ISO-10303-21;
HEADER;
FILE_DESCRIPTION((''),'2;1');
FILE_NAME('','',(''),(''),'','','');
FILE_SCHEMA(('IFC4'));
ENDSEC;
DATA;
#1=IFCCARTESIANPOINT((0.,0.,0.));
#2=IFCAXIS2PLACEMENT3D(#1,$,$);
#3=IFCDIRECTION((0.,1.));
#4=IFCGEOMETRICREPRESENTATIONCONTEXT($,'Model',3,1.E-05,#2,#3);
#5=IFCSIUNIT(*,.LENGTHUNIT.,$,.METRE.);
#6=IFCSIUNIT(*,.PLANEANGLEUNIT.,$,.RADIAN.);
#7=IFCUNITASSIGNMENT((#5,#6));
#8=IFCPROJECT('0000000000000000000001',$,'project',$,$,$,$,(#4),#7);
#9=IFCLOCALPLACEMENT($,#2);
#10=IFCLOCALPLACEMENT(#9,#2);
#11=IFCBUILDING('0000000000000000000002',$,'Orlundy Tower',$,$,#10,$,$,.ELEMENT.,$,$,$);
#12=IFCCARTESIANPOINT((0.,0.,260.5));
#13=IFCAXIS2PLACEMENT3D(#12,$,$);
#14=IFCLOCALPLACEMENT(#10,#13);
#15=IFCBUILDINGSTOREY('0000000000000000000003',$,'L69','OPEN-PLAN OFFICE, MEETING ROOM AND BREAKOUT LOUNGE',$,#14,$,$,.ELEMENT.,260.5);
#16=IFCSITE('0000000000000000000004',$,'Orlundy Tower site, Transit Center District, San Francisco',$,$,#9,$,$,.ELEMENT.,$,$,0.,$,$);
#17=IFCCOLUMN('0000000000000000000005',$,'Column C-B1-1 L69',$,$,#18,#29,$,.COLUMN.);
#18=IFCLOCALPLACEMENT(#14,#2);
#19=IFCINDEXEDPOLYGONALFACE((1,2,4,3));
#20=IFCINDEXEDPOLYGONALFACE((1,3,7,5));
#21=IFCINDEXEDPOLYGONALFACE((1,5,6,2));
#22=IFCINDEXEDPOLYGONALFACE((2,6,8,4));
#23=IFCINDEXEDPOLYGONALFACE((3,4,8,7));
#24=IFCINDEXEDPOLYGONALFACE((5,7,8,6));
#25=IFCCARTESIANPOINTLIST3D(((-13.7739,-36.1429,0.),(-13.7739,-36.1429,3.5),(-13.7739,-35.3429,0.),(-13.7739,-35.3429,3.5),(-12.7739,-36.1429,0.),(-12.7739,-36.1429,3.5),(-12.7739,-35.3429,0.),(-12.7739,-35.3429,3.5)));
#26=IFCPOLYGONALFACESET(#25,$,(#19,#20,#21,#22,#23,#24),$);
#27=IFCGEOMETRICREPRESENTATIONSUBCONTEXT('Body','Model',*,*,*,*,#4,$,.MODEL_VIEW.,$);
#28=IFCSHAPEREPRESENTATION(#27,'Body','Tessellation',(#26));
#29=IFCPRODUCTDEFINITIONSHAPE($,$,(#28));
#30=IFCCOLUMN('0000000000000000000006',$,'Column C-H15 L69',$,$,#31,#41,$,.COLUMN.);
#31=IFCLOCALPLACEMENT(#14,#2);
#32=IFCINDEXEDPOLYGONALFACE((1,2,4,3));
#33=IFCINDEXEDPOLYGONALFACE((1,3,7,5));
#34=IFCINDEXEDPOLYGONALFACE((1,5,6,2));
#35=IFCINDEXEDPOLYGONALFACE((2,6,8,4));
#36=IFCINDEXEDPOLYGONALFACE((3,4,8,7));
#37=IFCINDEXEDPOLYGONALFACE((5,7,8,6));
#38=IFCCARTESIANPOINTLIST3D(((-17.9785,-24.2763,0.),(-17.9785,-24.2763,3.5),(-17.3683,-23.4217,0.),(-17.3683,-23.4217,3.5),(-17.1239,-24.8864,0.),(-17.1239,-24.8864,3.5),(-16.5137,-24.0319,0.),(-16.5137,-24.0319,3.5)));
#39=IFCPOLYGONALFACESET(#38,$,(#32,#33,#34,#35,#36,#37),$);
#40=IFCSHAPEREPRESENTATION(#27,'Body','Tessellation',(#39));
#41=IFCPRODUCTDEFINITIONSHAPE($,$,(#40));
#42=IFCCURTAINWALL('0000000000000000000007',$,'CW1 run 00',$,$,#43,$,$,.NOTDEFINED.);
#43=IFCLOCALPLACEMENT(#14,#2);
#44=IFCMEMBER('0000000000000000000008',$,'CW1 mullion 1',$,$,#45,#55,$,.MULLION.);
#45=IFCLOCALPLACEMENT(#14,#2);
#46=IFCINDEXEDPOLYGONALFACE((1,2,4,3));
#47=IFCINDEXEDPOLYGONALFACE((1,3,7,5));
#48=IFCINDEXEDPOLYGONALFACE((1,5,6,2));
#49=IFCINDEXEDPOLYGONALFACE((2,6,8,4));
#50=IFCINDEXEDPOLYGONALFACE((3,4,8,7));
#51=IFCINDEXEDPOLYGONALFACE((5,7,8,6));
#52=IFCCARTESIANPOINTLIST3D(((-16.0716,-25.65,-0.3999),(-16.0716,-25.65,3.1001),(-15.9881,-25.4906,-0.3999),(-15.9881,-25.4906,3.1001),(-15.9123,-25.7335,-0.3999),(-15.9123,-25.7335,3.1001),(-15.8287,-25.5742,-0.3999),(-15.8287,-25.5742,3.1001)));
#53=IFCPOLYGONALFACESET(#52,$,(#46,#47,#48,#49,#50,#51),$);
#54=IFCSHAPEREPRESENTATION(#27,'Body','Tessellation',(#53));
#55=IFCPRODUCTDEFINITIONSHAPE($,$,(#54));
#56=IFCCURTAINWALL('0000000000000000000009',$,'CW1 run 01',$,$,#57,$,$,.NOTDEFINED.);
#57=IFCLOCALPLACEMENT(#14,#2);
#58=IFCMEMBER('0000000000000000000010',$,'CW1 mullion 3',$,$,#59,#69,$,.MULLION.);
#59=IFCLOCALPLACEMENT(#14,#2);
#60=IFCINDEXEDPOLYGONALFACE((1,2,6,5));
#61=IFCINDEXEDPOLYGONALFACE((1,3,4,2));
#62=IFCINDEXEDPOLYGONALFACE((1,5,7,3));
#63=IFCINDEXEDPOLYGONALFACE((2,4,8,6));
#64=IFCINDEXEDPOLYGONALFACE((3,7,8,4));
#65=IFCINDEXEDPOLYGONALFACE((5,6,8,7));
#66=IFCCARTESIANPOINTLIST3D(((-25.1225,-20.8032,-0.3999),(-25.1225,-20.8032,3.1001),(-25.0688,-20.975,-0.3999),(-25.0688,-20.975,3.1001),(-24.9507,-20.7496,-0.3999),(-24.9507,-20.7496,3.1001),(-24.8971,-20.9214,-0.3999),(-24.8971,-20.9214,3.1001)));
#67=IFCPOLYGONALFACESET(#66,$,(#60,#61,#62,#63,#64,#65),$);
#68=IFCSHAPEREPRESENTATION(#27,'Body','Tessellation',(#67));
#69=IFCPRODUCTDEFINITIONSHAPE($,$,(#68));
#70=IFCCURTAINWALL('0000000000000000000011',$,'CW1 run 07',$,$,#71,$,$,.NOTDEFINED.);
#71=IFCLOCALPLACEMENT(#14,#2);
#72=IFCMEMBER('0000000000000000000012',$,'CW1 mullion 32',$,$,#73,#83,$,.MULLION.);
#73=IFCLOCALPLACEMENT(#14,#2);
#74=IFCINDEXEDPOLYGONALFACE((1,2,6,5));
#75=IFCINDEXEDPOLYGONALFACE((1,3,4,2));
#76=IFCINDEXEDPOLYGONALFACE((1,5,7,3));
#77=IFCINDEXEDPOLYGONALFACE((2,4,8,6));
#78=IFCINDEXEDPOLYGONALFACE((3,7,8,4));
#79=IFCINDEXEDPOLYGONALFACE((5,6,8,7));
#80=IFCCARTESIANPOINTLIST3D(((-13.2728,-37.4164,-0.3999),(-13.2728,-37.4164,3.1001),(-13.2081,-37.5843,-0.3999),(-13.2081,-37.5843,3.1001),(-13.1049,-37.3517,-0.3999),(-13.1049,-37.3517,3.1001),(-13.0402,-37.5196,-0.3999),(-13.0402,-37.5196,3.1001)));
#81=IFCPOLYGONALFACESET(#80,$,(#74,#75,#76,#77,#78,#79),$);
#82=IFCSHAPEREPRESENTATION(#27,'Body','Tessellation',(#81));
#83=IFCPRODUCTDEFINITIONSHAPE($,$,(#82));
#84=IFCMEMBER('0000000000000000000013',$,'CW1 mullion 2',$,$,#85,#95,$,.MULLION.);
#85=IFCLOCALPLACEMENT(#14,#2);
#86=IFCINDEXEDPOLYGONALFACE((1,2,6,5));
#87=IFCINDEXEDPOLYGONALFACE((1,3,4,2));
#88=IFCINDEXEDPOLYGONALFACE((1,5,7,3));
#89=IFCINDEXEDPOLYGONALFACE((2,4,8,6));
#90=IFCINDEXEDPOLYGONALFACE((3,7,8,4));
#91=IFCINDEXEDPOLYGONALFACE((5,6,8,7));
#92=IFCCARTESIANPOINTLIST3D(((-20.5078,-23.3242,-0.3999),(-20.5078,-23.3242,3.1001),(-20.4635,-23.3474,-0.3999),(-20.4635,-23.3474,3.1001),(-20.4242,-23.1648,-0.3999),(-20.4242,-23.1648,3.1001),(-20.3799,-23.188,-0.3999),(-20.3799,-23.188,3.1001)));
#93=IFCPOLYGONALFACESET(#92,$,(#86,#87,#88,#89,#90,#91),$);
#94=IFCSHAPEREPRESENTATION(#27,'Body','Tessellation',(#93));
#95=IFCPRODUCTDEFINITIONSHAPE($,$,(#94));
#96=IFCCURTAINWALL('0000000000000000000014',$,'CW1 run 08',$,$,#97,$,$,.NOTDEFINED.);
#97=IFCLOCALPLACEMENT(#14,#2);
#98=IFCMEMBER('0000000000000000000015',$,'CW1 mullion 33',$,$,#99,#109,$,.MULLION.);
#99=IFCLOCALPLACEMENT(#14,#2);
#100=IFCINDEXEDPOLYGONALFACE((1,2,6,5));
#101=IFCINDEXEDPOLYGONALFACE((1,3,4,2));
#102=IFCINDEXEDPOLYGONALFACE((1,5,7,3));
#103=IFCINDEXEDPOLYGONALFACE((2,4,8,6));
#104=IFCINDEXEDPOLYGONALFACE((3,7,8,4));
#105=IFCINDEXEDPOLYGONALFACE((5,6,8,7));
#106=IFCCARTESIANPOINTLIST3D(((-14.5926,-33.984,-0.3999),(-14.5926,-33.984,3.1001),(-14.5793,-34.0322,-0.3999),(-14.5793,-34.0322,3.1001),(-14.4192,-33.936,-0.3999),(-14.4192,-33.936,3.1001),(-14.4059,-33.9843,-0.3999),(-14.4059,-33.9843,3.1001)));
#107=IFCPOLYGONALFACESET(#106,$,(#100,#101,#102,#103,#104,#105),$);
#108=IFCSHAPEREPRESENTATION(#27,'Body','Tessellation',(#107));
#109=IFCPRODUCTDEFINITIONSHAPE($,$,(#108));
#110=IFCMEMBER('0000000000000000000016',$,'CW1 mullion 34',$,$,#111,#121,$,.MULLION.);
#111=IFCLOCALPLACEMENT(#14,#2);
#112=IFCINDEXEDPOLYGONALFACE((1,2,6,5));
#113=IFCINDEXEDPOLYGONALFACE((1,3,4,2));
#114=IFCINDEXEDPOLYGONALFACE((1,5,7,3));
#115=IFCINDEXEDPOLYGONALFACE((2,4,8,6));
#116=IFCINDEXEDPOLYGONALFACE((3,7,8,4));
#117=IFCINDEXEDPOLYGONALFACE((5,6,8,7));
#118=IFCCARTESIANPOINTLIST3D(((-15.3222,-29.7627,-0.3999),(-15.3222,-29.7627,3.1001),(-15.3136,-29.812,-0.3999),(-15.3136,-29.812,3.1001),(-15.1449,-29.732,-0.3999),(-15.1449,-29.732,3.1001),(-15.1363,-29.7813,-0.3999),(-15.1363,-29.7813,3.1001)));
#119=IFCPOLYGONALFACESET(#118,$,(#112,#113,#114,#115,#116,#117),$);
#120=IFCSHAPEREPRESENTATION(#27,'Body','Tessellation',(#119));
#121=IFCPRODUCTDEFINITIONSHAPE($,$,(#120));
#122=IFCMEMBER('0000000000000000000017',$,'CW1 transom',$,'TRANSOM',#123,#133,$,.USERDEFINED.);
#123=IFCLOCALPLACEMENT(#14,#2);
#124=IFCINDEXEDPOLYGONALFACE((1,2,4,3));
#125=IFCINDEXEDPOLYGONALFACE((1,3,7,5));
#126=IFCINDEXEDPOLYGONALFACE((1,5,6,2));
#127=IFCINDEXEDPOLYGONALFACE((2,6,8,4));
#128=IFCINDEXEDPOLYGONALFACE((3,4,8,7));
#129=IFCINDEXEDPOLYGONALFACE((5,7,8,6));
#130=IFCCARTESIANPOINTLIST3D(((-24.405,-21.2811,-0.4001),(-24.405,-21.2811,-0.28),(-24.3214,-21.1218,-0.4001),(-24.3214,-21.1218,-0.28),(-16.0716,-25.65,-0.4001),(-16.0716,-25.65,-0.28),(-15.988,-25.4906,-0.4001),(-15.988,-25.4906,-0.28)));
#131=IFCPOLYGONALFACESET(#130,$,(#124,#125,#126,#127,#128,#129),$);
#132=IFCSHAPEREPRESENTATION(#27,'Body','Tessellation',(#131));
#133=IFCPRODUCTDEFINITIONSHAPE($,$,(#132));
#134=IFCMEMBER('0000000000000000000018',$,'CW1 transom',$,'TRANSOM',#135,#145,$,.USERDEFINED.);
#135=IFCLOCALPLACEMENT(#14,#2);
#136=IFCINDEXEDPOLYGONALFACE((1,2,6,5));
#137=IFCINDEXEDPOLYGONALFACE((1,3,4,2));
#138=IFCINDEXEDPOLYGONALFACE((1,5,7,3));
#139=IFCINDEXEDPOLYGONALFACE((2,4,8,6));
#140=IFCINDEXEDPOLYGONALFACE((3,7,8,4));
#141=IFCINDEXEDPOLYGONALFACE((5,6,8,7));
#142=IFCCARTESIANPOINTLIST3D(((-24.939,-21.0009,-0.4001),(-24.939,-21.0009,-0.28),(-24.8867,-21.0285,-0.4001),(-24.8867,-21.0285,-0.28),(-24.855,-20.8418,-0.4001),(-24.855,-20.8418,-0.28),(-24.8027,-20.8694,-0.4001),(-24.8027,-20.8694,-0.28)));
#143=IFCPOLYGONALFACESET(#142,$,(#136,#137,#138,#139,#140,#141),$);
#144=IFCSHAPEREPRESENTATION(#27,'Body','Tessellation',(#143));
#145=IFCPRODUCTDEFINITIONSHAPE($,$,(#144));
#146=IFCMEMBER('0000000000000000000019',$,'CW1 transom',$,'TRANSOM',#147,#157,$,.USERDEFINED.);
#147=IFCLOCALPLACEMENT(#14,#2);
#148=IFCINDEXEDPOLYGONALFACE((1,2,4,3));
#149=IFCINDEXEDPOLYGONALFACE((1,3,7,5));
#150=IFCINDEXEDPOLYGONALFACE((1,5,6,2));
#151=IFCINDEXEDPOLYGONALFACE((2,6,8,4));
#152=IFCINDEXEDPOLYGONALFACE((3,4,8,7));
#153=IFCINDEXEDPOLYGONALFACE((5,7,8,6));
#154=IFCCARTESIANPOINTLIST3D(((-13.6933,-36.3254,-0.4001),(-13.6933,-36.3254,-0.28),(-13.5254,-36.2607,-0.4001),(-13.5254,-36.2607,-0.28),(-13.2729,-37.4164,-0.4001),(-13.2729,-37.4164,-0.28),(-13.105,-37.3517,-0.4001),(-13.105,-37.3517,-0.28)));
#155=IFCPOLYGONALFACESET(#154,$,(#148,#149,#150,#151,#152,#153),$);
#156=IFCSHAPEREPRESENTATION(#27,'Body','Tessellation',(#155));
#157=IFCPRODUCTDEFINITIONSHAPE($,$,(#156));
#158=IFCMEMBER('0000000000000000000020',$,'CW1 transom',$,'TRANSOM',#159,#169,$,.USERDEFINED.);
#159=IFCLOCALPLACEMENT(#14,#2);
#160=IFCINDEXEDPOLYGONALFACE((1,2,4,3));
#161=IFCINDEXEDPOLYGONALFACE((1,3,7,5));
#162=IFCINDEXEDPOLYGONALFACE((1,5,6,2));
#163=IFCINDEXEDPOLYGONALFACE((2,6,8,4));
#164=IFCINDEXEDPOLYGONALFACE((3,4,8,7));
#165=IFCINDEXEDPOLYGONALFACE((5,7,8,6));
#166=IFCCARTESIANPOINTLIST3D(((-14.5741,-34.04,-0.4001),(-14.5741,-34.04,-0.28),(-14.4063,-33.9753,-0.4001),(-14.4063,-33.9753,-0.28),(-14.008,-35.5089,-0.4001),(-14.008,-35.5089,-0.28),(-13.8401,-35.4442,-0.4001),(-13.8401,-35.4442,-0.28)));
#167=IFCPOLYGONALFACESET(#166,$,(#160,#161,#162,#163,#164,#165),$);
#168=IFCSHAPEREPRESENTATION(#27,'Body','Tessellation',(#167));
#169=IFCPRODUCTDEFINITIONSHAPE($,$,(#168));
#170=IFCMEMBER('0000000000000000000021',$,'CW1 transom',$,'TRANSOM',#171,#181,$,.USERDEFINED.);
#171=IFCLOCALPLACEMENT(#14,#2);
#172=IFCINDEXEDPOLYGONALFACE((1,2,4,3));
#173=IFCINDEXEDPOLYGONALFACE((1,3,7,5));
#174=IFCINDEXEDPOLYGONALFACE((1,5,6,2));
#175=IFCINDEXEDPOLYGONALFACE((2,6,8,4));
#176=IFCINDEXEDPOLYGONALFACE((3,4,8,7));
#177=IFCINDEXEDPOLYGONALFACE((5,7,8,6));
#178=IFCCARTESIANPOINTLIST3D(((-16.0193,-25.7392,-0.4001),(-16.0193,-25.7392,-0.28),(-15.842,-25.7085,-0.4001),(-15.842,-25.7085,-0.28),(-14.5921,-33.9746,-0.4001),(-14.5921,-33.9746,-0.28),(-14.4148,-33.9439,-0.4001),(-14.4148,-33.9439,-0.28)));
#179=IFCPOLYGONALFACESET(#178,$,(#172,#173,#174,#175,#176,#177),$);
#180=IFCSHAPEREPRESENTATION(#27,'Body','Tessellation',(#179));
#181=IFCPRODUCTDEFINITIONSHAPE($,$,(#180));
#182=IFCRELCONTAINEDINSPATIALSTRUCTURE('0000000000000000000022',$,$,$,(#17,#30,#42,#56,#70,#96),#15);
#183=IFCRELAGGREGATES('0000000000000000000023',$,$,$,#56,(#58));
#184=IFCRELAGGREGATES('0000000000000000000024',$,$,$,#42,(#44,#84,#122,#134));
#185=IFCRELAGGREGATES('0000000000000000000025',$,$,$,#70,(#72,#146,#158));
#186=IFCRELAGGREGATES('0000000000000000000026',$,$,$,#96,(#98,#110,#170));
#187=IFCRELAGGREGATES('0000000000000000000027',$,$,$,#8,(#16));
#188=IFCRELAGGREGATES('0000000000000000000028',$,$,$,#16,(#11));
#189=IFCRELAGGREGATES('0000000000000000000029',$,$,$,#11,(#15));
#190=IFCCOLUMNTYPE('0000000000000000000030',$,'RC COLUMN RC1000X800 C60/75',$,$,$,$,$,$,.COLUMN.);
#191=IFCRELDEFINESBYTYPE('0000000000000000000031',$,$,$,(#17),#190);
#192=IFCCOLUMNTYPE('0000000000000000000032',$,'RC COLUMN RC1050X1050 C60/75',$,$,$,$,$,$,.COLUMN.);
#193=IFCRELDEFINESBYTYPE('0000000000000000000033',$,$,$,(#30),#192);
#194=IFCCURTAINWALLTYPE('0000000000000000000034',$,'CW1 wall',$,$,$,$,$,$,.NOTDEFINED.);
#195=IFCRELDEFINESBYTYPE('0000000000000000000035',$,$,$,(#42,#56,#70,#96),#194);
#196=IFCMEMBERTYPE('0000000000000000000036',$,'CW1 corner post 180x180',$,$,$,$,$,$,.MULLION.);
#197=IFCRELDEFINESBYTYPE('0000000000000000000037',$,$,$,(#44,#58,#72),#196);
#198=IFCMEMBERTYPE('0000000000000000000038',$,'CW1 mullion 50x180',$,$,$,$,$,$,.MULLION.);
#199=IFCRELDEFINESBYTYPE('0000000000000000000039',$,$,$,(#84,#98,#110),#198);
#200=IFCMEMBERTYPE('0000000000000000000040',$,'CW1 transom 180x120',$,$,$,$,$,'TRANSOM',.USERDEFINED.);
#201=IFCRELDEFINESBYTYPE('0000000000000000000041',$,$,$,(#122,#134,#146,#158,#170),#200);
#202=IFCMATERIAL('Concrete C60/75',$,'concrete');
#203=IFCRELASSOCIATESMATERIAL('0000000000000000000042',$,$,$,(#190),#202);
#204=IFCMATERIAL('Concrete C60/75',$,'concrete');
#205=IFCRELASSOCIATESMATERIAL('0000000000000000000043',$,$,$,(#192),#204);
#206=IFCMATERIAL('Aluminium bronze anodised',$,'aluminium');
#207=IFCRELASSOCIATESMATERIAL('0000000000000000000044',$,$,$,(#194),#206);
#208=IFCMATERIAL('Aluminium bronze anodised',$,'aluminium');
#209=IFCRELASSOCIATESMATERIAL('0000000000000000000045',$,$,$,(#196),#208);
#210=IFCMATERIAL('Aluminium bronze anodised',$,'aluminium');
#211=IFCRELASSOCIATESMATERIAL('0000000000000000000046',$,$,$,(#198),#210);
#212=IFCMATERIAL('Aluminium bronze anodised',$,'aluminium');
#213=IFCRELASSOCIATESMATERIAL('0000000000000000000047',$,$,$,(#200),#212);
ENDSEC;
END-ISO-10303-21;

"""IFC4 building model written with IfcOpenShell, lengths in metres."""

from ifc_helpers import new_model, si_unit, direction, frame, origin, origin_2d, place, context, subcontext, project, spatial, rectangle, extrude, material, material_profile, profile_set, type_object, element, aggregate, save


model = new_model("IFC4")

# Units and contexts
model_context = context("Model", 3, precision=1e-05, world=origin(), true_north=direction((0.0, 1.0)))
body_context = subcontext(model_context, "Body", "Model", "MODEL_VIEW")
ifc_project = project(units=[si_unit("LENGTHUNIT", "METRE"), si_unit("PLANEANGLEUNIT", "RADIAN")], contexts=[model_context])

# Site, building, storey
site_placement = place(None, origin())
site = spatial("IfcSite", under=ifc_project, at=site_placement, Name="Orlundy Tower site, Transit Center District, San Francisco", CompositionType="ELEMENT", RefElevation=0.0)
building_placement = place(site_placement, origin())
building = spatial("IfcBuilding", under=site, at=building_placement, Name="Orlundy Tower", CompositionType="ELEMENT")
storey_placement = place(building_placement, frame((0.0, 0.0, 260.5)))
storey = spatial("IfcBuildingStorey", under=building, at=storey_placement, Name="L69", Description="OPEN-PLAN OFFICE, MEETING ROOM AND BREAKOUT LOUNGE", CompositionType="ELEMENT", Elevation=260.5)

# Columns
ifc_material_1 = material(Name="Concrete C60/75", Category="concrete")
ifc_material_profile_1 = material_profile(ifc_material_1, rectangle(XDim=1.0, YDim=0.8, at=origin_2d()), Name="RC1000X800")
ifc_profile_set_1 = profile_set([ifc_material_profile_1], Name="Concrete C60/75")
column_type_1 = type_object("IfcColumnType", Name="RC COLUMN RC1000X800 C60/75", PredefinedType="COLUMN", material=ifc_profile_set_1)
column_1_placement = place(storey_placement, frame((-13.2739, -35.7429, 0.0), z_axis=(0.0, 0.0, 1.0), x_axis=(1.0, 0.0, 0.0)))
element("IfcColumn", 1, at=column_1_placement, inside=storey, type_object=column_type_1, Name="Column C-B1-1 L69", PredefinedType="COLUMN", context=body_context, shape_type="SweptSolid", body=[
    extrude(rectangle(XDim=1.0, YDim=0.8, at=origin_2d()), origin(), (0.0, 0.0, 1.0), 3.5),
])
ifc_material_2 = material(Name="Concrete C60/75", Category="concrete")
ifc_material_profile_2 = material_profile(ifc_material_2, rectangle(XDim=1.05, YDim=1.05, at=origin_2d()), Name="RC1050X1050")
ifc_profile_set_2 = profile_set([ifc_material_profile_2], Name="Concrete C60/75")
column_type_2 = type_object("IfcColumnType", Name="RC COLUMN RC1050X1050 C60/75", PredefinedType="COLUMN", material=ifc_profile_set_2)
column_2_placement = place(storey_placement, frame((-17.2461, -24.1541, 0.0), z_axis=(0.0, 0.0, 1.0), x_axis=(-0.581087, -0.813842, 0.0)))
element("IfcColumn", 2, at=column_2_placement, inside=storey, type_object=column_type_2, Name="Column C-H15 L69", PredefinedType="COLUMN", context=body_context, shape_type="SweptSolid", body=[
    extrude(rectangle(XDim=1.05, YDim=1.05, at=origin_2d()), origin(), (0.0, 0.0, 1.0), 3.5),
])

# Curtain walls, members
ifc_material_3 = material(Name="Aluminium bronze anodised", Category="aluminium")
curtain_wall_type = type_object("IfcCurtainWallType", Name="CW1 wall", PredefinedType="NOTDEFINED", material=ifc_material_3)
curtain_wall_1_placement = place(storey_placement, origin())
curtain_wall_1 = element("IfcCurtainWall", 3, at=curtain_wall_1_placement, inside=storey, type_object=curtain_wall_type, Name="CW1 run 00", PredefinedType="NOTDEFINED")
ifc_material_4 = material(Name="Aluminium bronze anodised", Category="aluminium")
ifc_material_profile_3 = material_profile(ifc_material_4, rectangle(XDim=0.1799, YDim=0.1799, at=origin_2d()), Name="CW1 corner post 180x180")
ifc_profile_set_3 = profile_set([ifc_material_profile_3], Name="Aluminium bronze anodised")
member_type_1 = type_object("IfcMemberType", Name="CW1 corner post 180x180", PredefinedType="MULLION", material=ifc_profile_set_3)
member_1_placement = place(storey_placement, frame((-15.9502, -25.6121, -0.3999), z_axis=(0.0, 0.0, 1.0), x_axis=(-0.464325, -0.885665, 0.0)))
member_1 = element("IfcMember", 4, at=member_1_placement, type_object=member_type_1, Name="CW1 mullion 1", PredefinedType="MULLION", context=body_context, shape_type="SweptSolid", body=[
    extrude(rectangle(XDim=0.1799, YDim=0.1799, at=origin_2d()), origin(), (0.0, 0.0, 1.0), 3.5),
])
curtain_wall_2_placement = place(storey_placement, origin())
curtain_wall_2 = element("IfcCurtainWall", 5, at=curtain_wall_2_placement, inside=storey, type_object=curtain_wall_type, Name="CW1 run 01", PredefinedType="NOTDEFINED")
member_2_placement = place(storey_placement, frame((-25.0098, -20.8623, -0.3999), z_axis=(0.0, 0.0, 1.0), x_axis=(-0.95458, -0.297954, 0.0)))
member_2 = element("IfcMember", 6, at=member_2_placement, type_object=member_type_1, Name="CW1 mullion 3", PredefinedType="MULLION", context=body_context, shape_type="SweptSolid", body=[
    extrude(rectangle(XDim=0.1799, YDim=0.1799, at=origin_2d()), origin(), (0.0, 0.0, 1.0), 3.5),
])
aggregate(curtain_wall_2, [member_2])
curtain_wall_3_placement = place(storey_placement, origin())
curtain_wall_3 = element("IfcCurtainWall", 7, at=curtain_wall_3_placement, inside=storey, type_object=curtain_wall_type, Name="CW1 run 07", PredefinedType="NOTDEFINED")
member_3_placement = place(storey_placement, frame((-13.1565, -37.468, -0.3999), z_axis=(0.0, 0.0, 1.0), x_axis=(-0.933109, -0.359594, 0.0)))
member_3 = element("IfcMember", 8, at=member_3_placement, type_object=member_type_1, Name="CW1 mullion 32", PredefinedType="MULLION", context=body_context, shape_type="SweptSolid", body=[
    extrude(rectangle(XDim=0.1799, YDim=0.1799, at=origin_2d()), origin(), (0.0, 0.0, 1.0), 3.5),
])

# Member
ifc_material_5 = material(Name="Aluminium bronze anodised", Category="aluminium")
ifc_material_profile_4 = material_profile(ifc_material_5, rectangle(XDim=0.1799, YDim=0.05, at=origin_2d()), Name="CW1 mullion 50x180")
ifc_profile_set_4 = profile_set([ifc_material_profile_4], Name="Aluminium bronze anodised")
member_type_2 = type_object("IfcMemberType", Name="CW1 mullion 50x180", PredefinedType="MULLION", material=ifc_profile_set_4)
member_4_placement = place(storey_placement, frame((-20.4438, -23.2561, -0.3999), z_axis=(0.0, 0.0, 1.0), x_axis=(-0.464325, -0.885665, 0.0)))
member_4 = element("IfcMember", 9, at=member_4_placement, type_object=member_type_2, Name="CW1 mullion 2", PredefinedType="MULLION", context=body_context, shape_type="SweptSolid", body=[
    extrude(rectangle(XDim=0.1799, YDim=0.05, at=origin_2d()), origin(), (0.0, 0.0, 1.0), 3.5),
])

# Curtain wall, members
curtain_wall_4_placement = place(storey_placement, origin())
curtain_wall_4 = element("IfcCurtainWall", 10, at=curtain_wall_4_placement, inside=storey, type_object=curtain_wall_type, Name="CW1 run 08", PredefinedType="NOTDEFINED")
member_5_placement = place(storey_placement, frame((-14.4993, -33.9841, -0.3999), z_axis=(0.0, 0.0, 1.0), x_axis=(-0.963846, -0.26646, 0.0)))
member_5 = element("IfcMember", 11, at=member_5_placement, type_object=member_type_2, Name="CW1 mullion 33", PredefinedType="MULLION", context=body_context, shape_type="SweptSolid", body=[
    extrude(rectangle(XDim=0.1799, YDim=0.05, at=origin_2d()), origin(), (0.0, 0.0, 1.0), 3.5),
])
member_6_placement = place(storey_placement, frame((-15.2292, -29.772, -0.3999), z_axis=(0.0, 0.0, 1.0), x_axis=(-0.985312, -0.170762, 0.0)))
member_6 = element("IfcMember", 12, at=member_6_placement, type_object=member_type_2, Name="CW1 mullion 34", PredefinedType="MULLION", context=body_context, shape_type="SweptSolid", body=[
    extrude(rectangle(XDim=0.1799, YDim=0.05, at=origin_2d()), origin(), (0.0, 0.0, 1.0), 3.5),
])

# Members
ifc_material_6 = material(Name="Aluminium bronze anodised", Category="aluminium")
ifc_material_profile_5 = material_profile(ifc_material_6, rectangle(XDim=0.1799, YDim=0.1201, at=origin_2d()), Name="CW1 transom 180x120")
ifc_profile_set_5 = profile_set([ifc_material_profile_5], Name="Aluminium bronze anodised")
member_type_3 = type_object("IfcMemberType", Name="CW1 transom 180x120", ElementType="TRANSOM", PredefinedType="USERDEFINED", material=ifc_profile_set_5)
member_7_placement = place(storey_placement, frame((-16.0298, -25.5703, -0.3401), z_axis=(-0.885668, 0.464318, 0.0), x_axis=(-0.464318, -0.885668, 0.0)))
member_7 = element("IfcMember", 13, at=member_7_placement, type_object=member_type_3, Name="CW1 transom", ObjectType="TRANSOM", PredefinedType="USERDEFINED", context=body_context, shape_type="SweptSolid", body=[
    extrude(rectangle(XDim=0.1799, YDim=0.1201, at=origin_2d()), origin(), (0.0, 0.0, 1.0), 9.4092),
])
member_8_placement = place(storey_placement, frame((-24.8447, -20.949, -0.3401), z_axis=(-0.88429, 0.466938, 0.0), x_axis=(-0.466938, -0.88429, 0.0)))
member_8 = element("IfcMember", 14, at=member_8_placement, type_object=member_type_3, Name="CW1 transom", ObjectType="TRANSOM", PredefinedType="USERDEFINED", context=body_context, shape_type="SweptSolid", body=[
    extrude(rectangle(XDim=0.1799, YDim=0.1201, at=origin_2d()), origin(), (0.0, 0.0, 1.0), 0.0591),
])
member_9_placement = place(storey_placement, frame((-13.189, -37.384, -0.3401), z_axis=(-0.359553, 0.933125, 0.0), x_axis=(-0.933125, -0.359553, 0.0)))
member_9 = element("IfcMember", 15, at=member_9_placement, type_object=member_type_3, Name="CW1 transom", ObjectType="TRANSOM", PredefinedType="USERDEFINED", context=body_context, shape_type="SweptSolid", body=[
    extrude(rectangle(XDim=0.1799, YDim=0.1201, at=origin_2d()), origin(), (0.0, 0.0, 1.0), 1.1692),
])
member_10_placement = place(storey_placement, frame((-13.9241, -35.4766, -0.3401), z_axis=(-0.359623, 0.933098, 0.0), x_axis=(-0.933098, -0.359623, 0.0)))
member_10 = element("IfcMember", 16, at=member_10_placement, type_object=member_type_3, Name="CW1 transom", ObjectType="TRANSOM", PredefinedType="USERDEFINED", context=body_context, shape_type="SweptSolid", body=[
    extrude(rectangle(XDim=0.1799, YDim=0.1201, at=origin_2d()), origin(), (0.0, 0.0, 1.0), 1.5742),
])
member_11_placement = place(storey_placement, frame((-14.5034, -33.9592, -0.3401), z_axis=(-0.170762, 0.985312, 0.0), x_axis=(-0.985312, -0.170762, 0.0)))
member_11 = element("IfcMember", 17, at=member_11_placement, type_object=member_type_3, Name="CW1 transom", ObjectType="TRANSOM", PredefinedType="USERDEFINED", context=body_context, shape_type="SweptSolid", body=[
    extrude(rectangle(XDim=0.1799, YDim=0.1201, at=origin_2d()), origin(), (0.0, 0.0, 1.0), 8.3582),
])

aggregate(curtain_wall_1, [member_1, member_4, member_7, member_8])

aggregate(curtain_wall_3, [member_3, member_9, member_10])
aggregate(curtain_wall_4, [member_5, member_6, member_11])

save(model, "model.ifc")
